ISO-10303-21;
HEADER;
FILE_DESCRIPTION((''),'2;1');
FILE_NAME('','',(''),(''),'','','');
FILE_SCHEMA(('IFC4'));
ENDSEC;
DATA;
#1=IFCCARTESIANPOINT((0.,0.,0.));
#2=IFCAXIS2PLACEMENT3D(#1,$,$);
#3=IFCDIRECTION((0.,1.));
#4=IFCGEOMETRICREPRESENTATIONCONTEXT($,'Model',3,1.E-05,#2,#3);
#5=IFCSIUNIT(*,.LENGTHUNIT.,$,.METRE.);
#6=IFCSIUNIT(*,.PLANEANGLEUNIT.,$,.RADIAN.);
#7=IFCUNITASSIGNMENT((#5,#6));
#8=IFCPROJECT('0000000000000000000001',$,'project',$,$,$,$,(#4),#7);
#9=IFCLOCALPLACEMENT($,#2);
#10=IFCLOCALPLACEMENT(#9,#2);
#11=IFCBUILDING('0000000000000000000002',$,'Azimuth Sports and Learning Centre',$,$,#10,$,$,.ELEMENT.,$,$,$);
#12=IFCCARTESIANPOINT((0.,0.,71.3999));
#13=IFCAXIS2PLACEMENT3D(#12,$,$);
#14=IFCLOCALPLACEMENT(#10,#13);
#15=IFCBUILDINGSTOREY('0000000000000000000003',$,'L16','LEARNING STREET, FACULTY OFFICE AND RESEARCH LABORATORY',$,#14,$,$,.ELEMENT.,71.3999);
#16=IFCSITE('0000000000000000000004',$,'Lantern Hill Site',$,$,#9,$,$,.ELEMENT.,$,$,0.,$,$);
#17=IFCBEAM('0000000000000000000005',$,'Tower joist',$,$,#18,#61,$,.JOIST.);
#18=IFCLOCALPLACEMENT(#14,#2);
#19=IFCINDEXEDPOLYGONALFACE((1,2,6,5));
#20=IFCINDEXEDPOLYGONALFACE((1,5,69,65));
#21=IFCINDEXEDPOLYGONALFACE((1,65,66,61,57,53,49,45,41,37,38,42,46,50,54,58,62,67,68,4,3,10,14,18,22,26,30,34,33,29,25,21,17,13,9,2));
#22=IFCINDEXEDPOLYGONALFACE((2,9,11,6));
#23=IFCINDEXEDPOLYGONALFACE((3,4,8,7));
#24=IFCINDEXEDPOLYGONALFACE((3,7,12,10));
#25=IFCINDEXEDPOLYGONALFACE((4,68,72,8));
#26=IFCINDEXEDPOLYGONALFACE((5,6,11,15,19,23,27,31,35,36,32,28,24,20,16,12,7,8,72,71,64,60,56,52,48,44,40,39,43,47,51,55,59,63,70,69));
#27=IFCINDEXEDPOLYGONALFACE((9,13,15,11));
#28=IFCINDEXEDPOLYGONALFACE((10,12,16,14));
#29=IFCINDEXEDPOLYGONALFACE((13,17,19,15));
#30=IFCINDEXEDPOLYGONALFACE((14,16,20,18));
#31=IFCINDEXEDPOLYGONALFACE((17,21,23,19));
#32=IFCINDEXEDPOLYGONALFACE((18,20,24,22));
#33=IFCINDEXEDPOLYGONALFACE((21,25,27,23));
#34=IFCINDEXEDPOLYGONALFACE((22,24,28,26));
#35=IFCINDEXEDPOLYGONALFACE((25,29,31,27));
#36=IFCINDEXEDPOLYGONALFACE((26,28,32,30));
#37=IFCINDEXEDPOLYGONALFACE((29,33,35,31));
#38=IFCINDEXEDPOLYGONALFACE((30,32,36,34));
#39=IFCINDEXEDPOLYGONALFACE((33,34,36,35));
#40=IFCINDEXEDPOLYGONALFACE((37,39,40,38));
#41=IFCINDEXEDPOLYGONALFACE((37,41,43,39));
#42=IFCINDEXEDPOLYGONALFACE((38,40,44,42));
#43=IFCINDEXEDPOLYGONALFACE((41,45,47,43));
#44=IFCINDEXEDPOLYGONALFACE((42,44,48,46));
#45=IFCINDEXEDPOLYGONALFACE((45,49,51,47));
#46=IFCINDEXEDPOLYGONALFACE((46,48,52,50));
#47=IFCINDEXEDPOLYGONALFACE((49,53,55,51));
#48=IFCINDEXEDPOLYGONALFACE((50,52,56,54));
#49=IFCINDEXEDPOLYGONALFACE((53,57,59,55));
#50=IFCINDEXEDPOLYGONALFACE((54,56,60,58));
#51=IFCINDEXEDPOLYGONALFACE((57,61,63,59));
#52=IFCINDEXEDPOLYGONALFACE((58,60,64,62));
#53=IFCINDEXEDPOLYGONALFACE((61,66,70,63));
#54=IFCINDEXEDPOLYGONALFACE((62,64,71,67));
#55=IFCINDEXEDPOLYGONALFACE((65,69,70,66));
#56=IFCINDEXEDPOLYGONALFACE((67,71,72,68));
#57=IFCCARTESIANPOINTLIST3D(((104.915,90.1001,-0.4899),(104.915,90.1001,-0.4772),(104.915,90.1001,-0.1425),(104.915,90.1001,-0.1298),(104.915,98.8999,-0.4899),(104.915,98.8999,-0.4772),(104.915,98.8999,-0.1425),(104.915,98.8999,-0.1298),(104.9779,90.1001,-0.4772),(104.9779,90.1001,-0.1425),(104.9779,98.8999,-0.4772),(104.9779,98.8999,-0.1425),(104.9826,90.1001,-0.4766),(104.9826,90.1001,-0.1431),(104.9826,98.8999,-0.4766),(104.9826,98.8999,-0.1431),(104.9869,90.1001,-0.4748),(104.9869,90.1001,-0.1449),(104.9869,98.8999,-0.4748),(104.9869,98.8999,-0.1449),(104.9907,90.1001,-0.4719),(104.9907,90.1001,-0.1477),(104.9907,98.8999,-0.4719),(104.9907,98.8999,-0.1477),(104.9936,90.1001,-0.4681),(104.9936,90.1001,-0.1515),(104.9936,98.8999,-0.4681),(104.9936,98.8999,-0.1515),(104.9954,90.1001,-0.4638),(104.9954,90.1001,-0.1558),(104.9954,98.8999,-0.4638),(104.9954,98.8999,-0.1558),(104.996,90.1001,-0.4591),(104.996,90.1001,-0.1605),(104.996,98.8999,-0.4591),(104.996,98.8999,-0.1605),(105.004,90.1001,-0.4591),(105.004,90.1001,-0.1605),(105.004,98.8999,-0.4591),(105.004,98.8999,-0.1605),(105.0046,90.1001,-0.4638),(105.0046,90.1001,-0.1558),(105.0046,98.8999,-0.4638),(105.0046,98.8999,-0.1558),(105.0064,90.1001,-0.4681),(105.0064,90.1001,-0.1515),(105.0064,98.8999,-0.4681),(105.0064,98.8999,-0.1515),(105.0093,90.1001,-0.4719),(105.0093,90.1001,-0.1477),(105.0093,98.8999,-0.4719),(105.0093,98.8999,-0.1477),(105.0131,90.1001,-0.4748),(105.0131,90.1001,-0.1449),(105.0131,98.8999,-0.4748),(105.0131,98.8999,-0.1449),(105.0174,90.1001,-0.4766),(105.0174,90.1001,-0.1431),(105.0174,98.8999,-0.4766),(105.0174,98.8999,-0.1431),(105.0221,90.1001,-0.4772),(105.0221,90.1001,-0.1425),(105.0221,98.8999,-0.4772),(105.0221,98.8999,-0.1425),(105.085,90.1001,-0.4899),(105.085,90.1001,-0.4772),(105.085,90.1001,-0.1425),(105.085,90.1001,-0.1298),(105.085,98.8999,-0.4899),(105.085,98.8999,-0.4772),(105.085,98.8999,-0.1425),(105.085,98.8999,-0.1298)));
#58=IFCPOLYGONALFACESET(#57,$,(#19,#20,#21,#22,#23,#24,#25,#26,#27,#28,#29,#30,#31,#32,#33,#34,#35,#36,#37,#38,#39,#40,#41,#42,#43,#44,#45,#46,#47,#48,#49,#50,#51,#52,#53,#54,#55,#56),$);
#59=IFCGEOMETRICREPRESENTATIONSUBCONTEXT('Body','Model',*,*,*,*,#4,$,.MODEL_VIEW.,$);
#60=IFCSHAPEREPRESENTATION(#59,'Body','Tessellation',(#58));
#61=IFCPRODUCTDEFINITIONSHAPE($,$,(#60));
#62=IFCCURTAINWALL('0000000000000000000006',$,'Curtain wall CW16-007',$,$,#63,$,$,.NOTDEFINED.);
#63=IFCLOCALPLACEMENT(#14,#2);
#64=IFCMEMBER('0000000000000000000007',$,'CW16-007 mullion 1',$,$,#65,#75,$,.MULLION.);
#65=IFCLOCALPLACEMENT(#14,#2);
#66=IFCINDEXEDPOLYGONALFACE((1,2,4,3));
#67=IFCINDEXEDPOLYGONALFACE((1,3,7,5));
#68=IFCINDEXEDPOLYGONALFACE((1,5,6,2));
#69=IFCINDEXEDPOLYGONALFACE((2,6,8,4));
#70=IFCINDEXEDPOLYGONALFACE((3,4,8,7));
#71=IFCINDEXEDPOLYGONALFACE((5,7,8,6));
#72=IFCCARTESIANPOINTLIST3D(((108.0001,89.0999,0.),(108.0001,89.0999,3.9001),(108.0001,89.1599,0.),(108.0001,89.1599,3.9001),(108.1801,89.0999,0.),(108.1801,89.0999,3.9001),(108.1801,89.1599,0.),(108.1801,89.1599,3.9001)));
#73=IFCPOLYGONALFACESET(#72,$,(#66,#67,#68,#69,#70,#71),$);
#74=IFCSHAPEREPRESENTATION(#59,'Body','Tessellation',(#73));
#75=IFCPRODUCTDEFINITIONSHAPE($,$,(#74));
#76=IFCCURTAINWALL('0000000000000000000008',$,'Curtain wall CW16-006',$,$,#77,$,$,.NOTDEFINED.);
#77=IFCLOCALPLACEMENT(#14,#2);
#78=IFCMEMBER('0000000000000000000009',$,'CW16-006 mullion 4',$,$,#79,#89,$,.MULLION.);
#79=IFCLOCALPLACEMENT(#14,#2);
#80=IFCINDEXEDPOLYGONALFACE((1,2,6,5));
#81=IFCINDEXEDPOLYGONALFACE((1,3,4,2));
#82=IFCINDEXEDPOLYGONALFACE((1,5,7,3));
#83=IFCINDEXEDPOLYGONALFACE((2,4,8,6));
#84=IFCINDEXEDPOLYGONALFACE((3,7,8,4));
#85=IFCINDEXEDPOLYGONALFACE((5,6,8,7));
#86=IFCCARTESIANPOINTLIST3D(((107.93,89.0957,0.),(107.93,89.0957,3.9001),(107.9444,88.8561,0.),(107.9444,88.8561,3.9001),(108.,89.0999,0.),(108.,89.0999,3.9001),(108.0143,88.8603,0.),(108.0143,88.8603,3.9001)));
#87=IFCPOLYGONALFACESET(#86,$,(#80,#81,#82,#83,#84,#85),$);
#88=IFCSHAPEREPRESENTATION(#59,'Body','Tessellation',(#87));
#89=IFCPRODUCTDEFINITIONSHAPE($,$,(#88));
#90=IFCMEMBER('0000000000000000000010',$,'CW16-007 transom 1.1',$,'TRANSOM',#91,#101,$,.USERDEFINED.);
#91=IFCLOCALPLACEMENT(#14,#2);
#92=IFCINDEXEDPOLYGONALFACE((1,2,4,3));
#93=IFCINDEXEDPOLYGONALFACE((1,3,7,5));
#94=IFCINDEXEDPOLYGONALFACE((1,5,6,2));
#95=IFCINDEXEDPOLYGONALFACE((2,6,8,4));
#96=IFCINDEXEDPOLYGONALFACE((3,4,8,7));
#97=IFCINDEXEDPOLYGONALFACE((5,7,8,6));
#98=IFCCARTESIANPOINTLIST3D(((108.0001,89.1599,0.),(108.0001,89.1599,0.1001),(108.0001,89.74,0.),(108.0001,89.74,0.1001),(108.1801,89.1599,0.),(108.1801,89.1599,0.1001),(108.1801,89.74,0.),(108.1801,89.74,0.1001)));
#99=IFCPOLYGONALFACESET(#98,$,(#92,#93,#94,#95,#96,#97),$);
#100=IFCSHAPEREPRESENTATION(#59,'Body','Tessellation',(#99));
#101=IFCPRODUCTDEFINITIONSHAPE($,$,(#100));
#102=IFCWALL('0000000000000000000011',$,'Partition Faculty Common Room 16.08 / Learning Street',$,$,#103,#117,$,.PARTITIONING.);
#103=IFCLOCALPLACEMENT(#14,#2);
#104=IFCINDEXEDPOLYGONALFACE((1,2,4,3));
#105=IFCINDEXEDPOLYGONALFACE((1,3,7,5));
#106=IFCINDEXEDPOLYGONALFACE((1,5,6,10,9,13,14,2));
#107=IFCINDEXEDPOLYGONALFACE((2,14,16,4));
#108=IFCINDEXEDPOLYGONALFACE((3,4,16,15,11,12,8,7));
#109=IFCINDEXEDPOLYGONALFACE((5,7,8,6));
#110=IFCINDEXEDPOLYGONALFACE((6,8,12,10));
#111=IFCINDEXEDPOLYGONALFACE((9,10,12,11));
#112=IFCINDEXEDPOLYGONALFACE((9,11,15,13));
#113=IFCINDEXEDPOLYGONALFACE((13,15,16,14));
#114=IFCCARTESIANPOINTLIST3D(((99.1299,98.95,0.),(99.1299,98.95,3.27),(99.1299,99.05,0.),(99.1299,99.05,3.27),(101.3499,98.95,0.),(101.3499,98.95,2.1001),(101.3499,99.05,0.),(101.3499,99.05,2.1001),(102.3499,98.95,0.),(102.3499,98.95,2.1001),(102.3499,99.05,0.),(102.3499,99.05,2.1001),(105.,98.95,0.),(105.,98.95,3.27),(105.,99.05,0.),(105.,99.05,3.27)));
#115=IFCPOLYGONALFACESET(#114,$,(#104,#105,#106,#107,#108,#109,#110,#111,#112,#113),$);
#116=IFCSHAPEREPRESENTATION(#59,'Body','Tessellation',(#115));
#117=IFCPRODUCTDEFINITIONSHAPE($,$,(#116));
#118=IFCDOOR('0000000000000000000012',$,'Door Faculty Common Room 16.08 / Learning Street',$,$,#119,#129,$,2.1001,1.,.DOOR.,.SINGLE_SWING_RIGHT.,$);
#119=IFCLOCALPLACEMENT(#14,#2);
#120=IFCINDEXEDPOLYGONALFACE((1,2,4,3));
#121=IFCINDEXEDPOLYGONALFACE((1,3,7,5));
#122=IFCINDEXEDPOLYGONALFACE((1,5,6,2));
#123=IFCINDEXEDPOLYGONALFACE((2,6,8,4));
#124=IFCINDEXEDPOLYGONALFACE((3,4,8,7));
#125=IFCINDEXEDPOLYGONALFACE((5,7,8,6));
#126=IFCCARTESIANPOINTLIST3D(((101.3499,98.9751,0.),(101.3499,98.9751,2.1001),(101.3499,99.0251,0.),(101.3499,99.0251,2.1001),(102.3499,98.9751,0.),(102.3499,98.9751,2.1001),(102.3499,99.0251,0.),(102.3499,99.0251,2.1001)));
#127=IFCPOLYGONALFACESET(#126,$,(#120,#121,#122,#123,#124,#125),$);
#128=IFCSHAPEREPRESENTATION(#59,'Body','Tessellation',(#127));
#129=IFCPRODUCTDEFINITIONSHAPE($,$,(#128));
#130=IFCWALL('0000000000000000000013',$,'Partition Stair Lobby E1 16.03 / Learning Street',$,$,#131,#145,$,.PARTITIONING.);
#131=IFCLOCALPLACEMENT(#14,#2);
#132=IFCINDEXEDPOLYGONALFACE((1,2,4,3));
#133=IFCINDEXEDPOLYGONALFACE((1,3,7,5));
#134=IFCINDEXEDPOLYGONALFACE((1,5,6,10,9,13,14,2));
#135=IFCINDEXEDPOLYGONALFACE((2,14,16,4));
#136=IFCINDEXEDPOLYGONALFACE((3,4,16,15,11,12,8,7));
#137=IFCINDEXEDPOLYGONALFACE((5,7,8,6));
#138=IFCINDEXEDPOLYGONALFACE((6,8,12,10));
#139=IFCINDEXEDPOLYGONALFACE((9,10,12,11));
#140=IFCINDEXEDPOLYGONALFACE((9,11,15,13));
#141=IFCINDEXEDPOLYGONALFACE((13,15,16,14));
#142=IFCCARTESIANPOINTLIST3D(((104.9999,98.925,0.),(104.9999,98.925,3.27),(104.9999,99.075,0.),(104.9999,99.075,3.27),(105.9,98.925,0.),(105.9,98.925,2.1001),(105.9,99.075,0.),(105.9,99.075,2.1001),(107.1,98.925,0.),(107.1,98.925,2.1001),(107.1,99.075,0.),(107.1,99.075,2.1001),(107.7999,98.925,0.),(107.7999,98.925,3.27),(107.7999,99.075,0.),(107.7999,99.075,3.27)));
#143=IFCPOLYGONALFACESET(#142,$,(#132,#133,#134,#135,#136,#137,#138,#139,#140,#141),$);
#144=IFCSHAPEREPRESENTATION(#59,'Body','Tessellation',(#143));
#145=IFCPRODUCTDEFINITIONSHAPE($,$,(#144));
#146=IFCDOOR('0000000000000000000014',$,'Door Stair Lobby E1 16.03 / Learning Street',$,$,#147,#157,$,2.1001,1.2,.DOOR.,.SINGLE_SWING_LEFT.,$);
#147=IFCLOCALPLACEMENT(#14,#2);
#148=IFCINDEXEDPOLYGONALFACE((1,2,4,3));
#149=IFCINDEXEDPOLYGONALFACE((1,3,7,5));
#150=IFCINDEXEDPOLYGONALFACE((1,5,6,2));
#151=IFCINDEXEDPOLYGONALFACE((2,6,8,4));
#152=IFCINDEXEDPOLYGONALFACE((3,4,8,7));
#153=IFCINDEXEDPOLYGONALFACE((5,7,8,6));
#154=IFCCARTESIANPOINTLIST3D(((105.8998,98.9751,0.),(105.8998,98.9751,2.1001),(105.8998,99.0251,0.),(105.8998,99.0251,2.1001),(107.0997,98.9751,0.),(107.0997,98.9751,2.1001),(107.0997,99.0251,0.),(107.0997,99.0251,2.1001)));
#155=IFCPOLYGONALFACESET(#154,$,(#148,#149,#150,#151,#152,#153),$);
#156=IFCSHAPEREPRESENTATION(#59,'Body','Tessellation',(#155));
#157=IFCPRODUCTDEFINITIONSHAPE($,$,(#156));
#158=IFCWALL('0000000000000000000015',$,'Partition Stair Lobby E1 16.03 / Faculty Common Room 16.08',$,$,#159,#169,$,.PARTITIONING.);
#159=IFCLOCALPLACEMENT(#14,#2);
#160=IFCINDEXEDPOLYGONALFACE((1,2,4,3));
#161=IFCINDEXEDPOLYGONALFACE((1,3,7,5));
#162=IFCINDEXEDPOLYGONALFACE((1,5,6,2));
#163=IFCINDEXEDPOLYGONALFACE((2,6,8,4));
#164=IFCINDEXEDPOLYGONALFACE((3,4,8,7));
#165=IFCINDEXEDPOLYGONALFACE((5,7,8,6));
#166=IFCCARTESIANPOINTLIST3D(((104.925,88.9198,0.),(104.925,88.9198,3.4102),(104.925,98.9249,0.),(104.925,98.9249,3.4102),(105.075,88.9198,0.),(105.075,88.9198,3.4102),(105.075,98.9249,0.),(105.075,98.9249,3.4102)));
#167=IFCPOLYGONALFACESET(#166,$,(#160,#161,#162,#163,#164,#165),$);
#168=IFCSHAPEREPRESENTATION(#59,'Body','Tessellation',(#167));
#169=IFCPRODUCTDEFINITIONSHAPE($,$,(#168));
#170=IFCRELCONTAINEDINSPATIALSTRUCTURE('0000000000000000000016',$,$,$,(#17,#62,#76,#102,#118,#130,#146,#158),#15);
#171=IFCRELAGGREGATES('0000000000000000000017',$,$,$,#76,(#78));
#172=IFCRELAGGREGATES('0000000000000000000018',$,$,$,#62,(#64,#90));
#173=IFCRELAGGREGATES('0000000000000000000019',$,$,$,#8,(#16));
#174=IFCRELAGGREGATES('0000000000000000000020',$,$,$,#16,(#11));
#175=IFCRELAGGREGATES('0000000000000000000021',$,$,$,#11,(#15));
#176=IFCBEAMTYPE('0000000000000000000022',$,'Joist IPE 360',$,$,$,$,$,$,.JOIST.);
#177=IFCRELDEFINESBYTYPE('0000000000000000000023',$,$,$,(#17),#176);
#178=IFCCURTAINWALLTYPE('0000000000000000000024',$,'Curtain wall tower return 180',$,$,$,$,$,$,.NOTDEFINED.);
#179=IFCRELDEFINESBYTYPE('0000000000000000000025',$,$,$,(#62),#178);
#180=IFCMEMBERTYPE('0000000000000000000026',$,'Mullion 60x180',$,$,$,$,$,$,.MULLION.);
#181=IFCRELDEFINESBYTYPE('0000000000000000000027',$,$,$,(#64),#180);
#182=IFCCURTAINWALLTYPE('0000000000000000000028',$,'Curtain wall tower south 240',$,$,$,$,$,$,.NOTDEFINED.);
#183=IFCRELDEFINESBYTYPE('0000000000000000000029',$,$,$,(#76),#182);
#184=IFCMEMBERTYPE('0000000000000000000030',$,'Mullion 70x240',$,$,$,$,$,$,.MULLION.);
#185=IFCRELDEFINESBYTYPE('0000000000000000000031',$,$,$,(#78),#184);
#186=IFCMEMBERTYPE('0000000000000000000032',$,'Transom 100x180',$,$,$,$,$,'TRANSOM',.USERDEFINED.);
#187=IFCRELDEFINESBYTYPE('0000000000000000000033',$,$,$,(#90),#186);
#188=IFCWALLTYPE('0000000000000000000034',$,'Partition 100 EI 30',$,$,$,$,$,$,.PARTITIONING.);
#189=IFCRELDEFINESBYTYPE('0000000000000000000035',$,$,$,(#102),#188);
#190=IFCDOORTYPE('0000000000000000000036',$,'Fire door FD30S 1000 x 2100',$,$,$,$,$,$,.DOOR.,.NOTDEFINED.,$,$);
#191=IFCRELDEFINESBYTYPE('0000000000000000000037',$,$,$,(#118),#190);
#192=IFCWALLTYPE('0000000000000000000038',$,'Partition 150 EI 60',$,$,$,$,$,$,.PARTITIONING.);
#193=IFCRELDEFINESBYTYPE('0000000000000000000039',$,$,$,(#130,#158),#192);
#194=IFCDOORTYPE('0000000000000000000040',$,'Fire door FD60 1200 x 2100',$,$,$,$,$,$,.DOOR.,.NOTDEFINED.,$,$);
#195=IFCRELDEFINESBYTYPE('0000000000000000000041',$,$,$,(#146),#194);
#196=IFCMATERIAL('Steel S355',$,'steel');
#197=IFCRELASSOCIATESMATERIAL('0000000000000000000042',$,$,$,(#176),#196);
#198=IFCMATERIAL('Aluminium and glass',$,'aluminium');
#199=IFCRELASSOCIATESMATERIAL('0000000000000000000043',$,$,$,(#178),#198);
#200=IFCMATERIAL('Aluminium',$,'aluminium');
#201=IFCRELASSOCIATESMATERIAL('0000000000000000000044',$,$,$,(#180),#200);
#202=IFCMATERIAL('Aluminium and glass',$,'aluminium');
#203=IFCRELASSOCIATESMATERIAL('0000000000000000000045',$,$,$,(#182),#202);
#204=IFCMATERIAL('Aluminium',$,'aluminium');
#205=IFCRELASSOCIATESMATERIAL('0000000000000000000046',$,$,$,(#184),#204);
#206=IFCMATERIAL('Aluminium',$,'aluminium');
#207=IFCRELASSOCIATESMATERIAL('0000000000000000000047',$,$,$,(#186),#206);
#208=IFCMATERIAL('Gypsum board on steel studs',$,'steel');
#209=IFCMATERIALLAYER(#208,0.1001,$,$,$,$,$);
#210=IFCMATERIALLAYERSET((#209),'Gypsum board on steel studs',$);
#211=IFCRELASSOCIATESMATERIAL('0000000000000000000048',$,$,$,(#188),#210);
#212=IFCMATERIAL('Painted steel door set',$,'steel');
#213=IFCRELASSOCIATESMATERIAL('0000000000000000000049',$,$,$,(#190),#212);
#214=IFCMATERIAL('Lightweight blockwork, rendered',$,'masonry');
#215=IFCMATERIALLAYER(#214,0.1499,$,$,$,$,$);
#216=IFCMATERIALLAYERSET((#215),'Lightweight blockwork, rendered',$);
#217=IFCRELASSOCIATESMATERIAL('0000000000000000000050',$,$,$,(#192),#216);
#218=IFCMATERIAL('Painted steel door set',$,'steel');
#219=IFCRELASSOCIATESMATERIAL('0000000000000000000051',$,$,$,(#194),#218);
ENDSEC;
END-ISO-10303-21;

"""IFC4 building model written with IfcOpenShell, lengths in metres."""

from ifc_helpers import new_model, si_unit, direction, frame, frame_2d, origin, origin_2d, place, context, subcontext, project, spatial, rectangle, i_section, extrude, material, layer, layer_set, material_profile, profile_set, type_object, element, fill, aggregate, save


model = new_model("IFC4")

# Units and contexts
model_context = context("Model", 3, precision=1e-05, world=origin(), true_north=direction((0.0, 1.0)))
body_context = subcontext(model_context, "Body", "Model", "MODEL_VIEW")
ifc_project = project(units=[si_unit("LENGTHUNIT", "METRE"), si_unit("PLANEANGLEUNIT", "RADIAN")], contexts=[model_context])

# Site, building, storey
site_placement = place(None, origin())
site = spatial("IfcSite", under=ifc_project, at=site_placement, Name="Lantern Hill Site", CompositionType="ELEMENT", RefElevation=0.0)
building_placement = place(site_placement, origin())
building = spatial("IfcBuilding", under=site, at=building_placement, Name="Azimuth Sports and Learning Centre", CompositionType="ELEMENT")
storey_placement = place(building_placement, frame((0.0, 0.0, 71.3999)))
storey = spatial("IfcBuildingStorey", under=building, at=storey_placement, Name="L16", Description="LEARNING STREET, FACULTY OFFICE AND RESEARCH LABORATORY", CompositionType="ELEMENT", Elevation=71.3999)

# Beam
ifc_material_1 = material(Name="Steel S355", Category="steel")
ifc_material_profile_1 = material_profile(ifc_material_1, i_section(OverallWidth=0.1699, OverallDepth=0.3601, WebThickness=0.0081, FlangeThickness=0.0127, FilletRadius=0.0181, at=origin_2d()), Name="IPE 360")
ifc_profile_set_1 = profile_set([ifc_material_profile_1], Name="Steel S355")
beam_type_1 = type_object("IfcBeamType", Name="Joist IPE 360", PredefinedType="JOIST", material=ifc_profile_set_1)
for number, where, z_axis, x_axis, name in (
    (1, (105.0, 90.1001, -0.3098), (0.0, 1.0, 0.0), (-1.0, 0.0, 0.0), "Tower joist"),
):
    element("IfcBeam", number, at=place(storey_placement, frame(where, z_axis=z_axis, x_axis=x_axis)), inside=storey, type_object=beam_type_1, Name=name, PredefinedType="JOIST", context=body_context, shape_type="SweptSolid", body=[
        extrude(i_section(OverallWidth=0.1699, OverallDepth=0.3601, WebThickness=0.0081, FlangeThickness=0.0127, FilletRadius=0.0181, at=origin_2d()), origin(), (0.0, 0.0, 1.0), 8.7998),
    ])

# Curtain walls, members
ifc_material_2 = material(Name="Aluminium and glass", Category="aluminium")
curtain_wall_type_1 = type_object("IfcCurtainWallType", Name="Curtain wall tower return 180", PredefinedType="NOTDEFINED", material=ifc_material_2)
curtain_wall_1_placement = place(storey_placement, origin())
curtain_wall_1 = element("IfcCurtainWall", 2, at=curtain_wall_1_placement, inside=storey, type_object=curtain_wall_type_1, Name="Curtain wall CW16-007", PredefinedType="NOTDEFINED")
ifc_material_3 = material(Name="Aluminium", Category="aluminium")
ifc_material_profile_2 = material_profile(ifc_material_3, rectangle(XDim=0.1799, YDim=0.0601, at=origin_2d()), Name="Mullion 60x180")
ifc_profile_set_2 = profile_set([ifc_material_profile_2], Name="Aluminium")
member_type_1 = type_object("IfcMemberType", Name="Mullion 60x180", PredefinedType="MULLION", material=ifc_profile_set_2)
member_1_placement = place(storey_placement, frame((108.0901, 89.1299, 0.0), z_axis=(0.0, 0.0, 1.0), x_axis=(-1.0, 0.0, 0.0)))
member_1 = element("IfcMember", 3, at=member_1_placement, type_object=member_type_1, Name="CW16-007 mullion 1", PredefinedType="MULLION", context=body_context, shape_type="SweptSolid", body=[
    extrude(rectangle(XDim=0.1799, YDim=0.0601, at=origin_2d()), origin(), (0.0, 0.0, 1.0), 3.9001),
])
ifc_material_4 = material(Name="Aluminium and glass", Category="aluminium")
curtain_wall_type_2 = type_object("IfcCurtainWallType", Name="Curtain wall tower south 240", PredefinedType="NOTDEFINED", material=ifc_material_4)
curtain_wall_2_placement = place(storey_placement, origin())
curtain_wall_2 = element("IfcCurtainWall", 4, at=curtain_wall_2_placement, inside=storey, type_object=curtain_wall_type_2, Name="Curtain wall CW16-006", PredefinedType="NOTDEFINED")
ifc_material_5 = material(Name="Aluminium", Category="aluminium")
ifc_material_profile_3 = material_profile(ifc_material_5, rectangle(XDim=0.24, YDim=0.0701, at=origin_2d()), Name="Mullion 70x240")
ifc_profile_set_3 = profile_set([ifc_material_profile_3], Name="Aluminium")
member_type_2 = type_object("IfcMemberType", Name="Mullion 70x240", PredefinedType="MULLION", material=ifc_profile_set_3)
member_2_placement = place(storey_placement, frame((107.9722, 88.978, 0.0), z_axis=(0.0, 0.0, 1.0), x_axis=(-0.059892, 0.998205, 0.0)))
member_2 = element("IfcMember", 5, at=member_2_placement, type_object=member_type_2, Name="CW16-006 mullion 4", PredefinedType="MULLION", context=body_context, shape_type="SweptSolid", body=[
    extrude(rectangle(XDim=0.24, YDim=0.0701, at=origin_2d()), origin(), (0.0, 0.0, 1.0), 3.9001),
])
aggregate(curtain_wall_2, [member_2])

# Member
ifc_material_6 = material(Name="Aluminium", Category="aluminium")
ifc_material_profile_4 = material_profile(ifc_material_6, rectangle(XDim=0.1799, YDim=0.1001, at=origin_2d()), Name="Transom 100x180")
ifc_profile_set_4 = profile_set([ifc_material_profile_4], Name="Aluminium")
member_type_3 = type_object("IfcMemberType", Name="Transom 100x180", ElementType="TRANSOM", PredefinedType="USERDEFINED", material=ifc_profile_set_4)
member_3_placement = place(storey_placement, frame((108.0901, 89.1599, 0.05), z_axis=(0.0, 1.0, 0.0), x_axis=(-1.0, 0.0, 0.0)))
member_3 = element("IfcMember", 6, at=member_3_placement, type_object=member_type_3, Name="CW16-007 transom 1.1", ObjectType="TRANSOM", PredefinedType="USERDEFINED", context=body_context, shape_type="SweptSolid", body=[
    extrude(rectangle(XDim=0.1799, YDim=0.1001, at=origin_2d()), origin(), (0.0, 0.0, 1.0), 0.5801),
])
aggregate(curtain_wall_1, [member_1, member_3])

# Walls, openings, doors
ifc_material_7 = material(Name="Gypsum board on steel studs", Category="steel")
ifc_layer_1 = layer(ifc_material_7, 0.1001)
ifc_layer_set_1 = layer_set([ifc_layer_1], Name="Gypsum board on steel studs")
wall_type_1 = type_object("IfcWallType", Name="Partition 100 EI 30", PredefinedType="PARTITIONING", material=ifc_layer_set_1)
wall_1_placement = place(storey_placement, frame((99.1299, 99.0, 0.0), z_axis=(0.0, 0.0, 1.0), x_axis=(1.0, 0.0, 0.0)))
wall_1 = element("IfcWall", 7, at=wall_1_placement, inside=storey, type_object=wall_type_1, Name="Partition Faculty Common Room 16.08 / Learning Street", PredefinedType="PARTITIONING", context=body_context, shape_type="SweptSolid", body=[
    extrude(rectangle(XDim=5.8701, YDim=0.1001, at=frame_2d((2.9351, 0.0))), origin(), (0.0, 0.0, 1.0), 3.27),
])
opening_1_placement = place(wall_1_placement, frame((2.22, 0.0, 0.0)))
opening_1 = element("IfcOpeningElement", 8, at=opening_1_placement, cuts=wall_1, PredefinedType="OPENING", context=body_context, shape_type="SweptSolid", body=[
    extrude(rectangle(XDim=1.0, YDim=2.1001, at=frame_2d((0.5, 1.05))), frame((0.0, 0.061, 0.0), z_axis=(0.0, -1.0, 0.0), x_axis=(1.0, 0.0, 0.0)), (0.0, 0.0, 1.0), 0.1221),
])
ifc_material_8 = material(Name="Painted steel door set", Category="steel")
door_type_1 = type_object("IfcDoorType", Name="Fire door FD30S 1000 x 2100", OperationType="NOTDEFINED", PredefinedType="DOOR", material=ifc_material_8)
door_1_placement = place(opening_1_placement, frame((1.0, 0.0, 0.0), z_axis=(0.0, 0.0, 1.0), x_axis=(-1.0, 0.0, 0.0)))
door_1 = element("IfcDoor", 9, at=door_1_placement, inside=storey, type_object=door_type_1, Name="Door Faculty Common Room 16.08 / Learning Street", OperationType="SINGLE_SWING_RIGHT", OverallHeight=2.1001, OverallWidth=1.0, PredefinedType="DOOR", context=body_context, shape_type="SweptSolid", body=[
    extrude(rectangle(XDim=1.0, YDim=2.1001, at=frame_2d((0.5, 1.05))), frame((0.0, 0.0249, 0.0), z_axis=(0.0, -1.0, 0.0), x_axis=(1.0, 0.0, 0.0)), (0.0, 0.0, 1.0), 0.05),
])
fill(opening_1, door_1)
ifc_material_9 = material(Name="Lightweight blockwork, rendered", Category="masonry")
ifc_layer_2 = layer(ifc_material_9, 0.1499)
ifc_layer_set_2 = layer_set([ifc_layer_2], Name="Lightweight blockwork, rendered")
wall_type_2 = type_object("IfcWallType", Name="Partition 150 EI 60", PredefinedType="PARTITIONING", material=ifc_layer_set_2)
wall_2_placement = place(storey_placement, frame((105.0, 99.0, 0.0), z_axis=(0.0, 0.0, 1.0), x_axis=(1.0, 0.0, 0.0)))
wall_2 = element("IfcWall", 10, at=wall_2_placement, inside=storey, type_object=wall_type_2, Name="Partition Stair Lobby E1 16.03 / Learning Street", PredefinedType="PARTITIONING", context=body_context, shape_type="SweptSolid", body=[
    extrude(rectangle(XDim=2.8, YDim=0.1499, at=frame_2d((1.3999, 0.0))), origin(), (0.0, 0.0, 1.0), 3.27),
])
opening_2_placement = place(wall_2_placement, frame((0.8999, 0.0, 0.0)))
opening_2 = element("IfcOpeningElement", 11, at=opening_2_placement, cuts=wall_2, PredefinedType="OPENING", context=body_context, shape_type="SweptSolid", body=[
    extrude(rectangle(XDim=1.2, YDim=2.1001, at=frame_2d((0.6001, 1.05))), frame((0.0, 0.0859, 0.0), z_axis=(0.0, -1.0, 0.0), x_axis=(1.0, 0.0, 0.0)), (0.0, 0.0, 1.0), 0.1719),
])
ifc_material_10 = material(Name="Painted steel door set", Category="steel")
door_type_2 = type_object("IfcDoorType", Name="Fire door FD60 1200 x 2100", OperationType="NOTDEFINED", PredefinedType="DOOR", material=ifc_material_10)
door_2_placement = place(opening_2_placement, frame((1.2, 0.0, 0.0), z_axis=(0.0, 0.0, 1.0), x_axis=(-1.0, 0.0, 0.0)))
door_2 = element("IfcDoor", 12, at=door_2_placement, inside=storey, type_object=door_type_2, Name="Door Stair Lobby E1 16.03 / Learning Street", OperationType="SINGLE_SWING_LEFT", OverallHeight=2.1001, OverallWidth=1.2, PredefinedType="DOOR", context=body_context, shape_type="SweptSolid", body=[
    extrude(rectangle(XDim=1.2, YDim=2.1001, at=frame_2d((0.6001, 1.05))), frame((0.0, 0.0249, 0.0), z_axis=(0.0, -1.0, 0.0), x_axis=(1.0, 0.0, 0.0)), (0.0, 0.0, 1.0), 0.05),
])
fill(opening_2, door_2)

# Wall
wall_3_placement = place(storey_placement, frame((105.0, 88.9199, 0.0), z_axis=(0.0, 0.0, 1.0), x_axis=(0.0, 1.0, 0.0)))
element("IfcWall", 13, at=wall_3_placement, inside=storey, type_object=wall_type_2, Name="Partition Stair Lobby E1 16.03 / Faculty Common Room 16.08", PredefinedType="PARTITIONING", context=body_context, shape_type="SweptSolid", body=[
    extrude(rectangle(XDim=10.0051, YDim=0.1499, at=frame_2d((5.0024, 0.0))), origin(), (0.0, 0.0, 1.0), 3.4102),
])

save(model, "model.ifc")
